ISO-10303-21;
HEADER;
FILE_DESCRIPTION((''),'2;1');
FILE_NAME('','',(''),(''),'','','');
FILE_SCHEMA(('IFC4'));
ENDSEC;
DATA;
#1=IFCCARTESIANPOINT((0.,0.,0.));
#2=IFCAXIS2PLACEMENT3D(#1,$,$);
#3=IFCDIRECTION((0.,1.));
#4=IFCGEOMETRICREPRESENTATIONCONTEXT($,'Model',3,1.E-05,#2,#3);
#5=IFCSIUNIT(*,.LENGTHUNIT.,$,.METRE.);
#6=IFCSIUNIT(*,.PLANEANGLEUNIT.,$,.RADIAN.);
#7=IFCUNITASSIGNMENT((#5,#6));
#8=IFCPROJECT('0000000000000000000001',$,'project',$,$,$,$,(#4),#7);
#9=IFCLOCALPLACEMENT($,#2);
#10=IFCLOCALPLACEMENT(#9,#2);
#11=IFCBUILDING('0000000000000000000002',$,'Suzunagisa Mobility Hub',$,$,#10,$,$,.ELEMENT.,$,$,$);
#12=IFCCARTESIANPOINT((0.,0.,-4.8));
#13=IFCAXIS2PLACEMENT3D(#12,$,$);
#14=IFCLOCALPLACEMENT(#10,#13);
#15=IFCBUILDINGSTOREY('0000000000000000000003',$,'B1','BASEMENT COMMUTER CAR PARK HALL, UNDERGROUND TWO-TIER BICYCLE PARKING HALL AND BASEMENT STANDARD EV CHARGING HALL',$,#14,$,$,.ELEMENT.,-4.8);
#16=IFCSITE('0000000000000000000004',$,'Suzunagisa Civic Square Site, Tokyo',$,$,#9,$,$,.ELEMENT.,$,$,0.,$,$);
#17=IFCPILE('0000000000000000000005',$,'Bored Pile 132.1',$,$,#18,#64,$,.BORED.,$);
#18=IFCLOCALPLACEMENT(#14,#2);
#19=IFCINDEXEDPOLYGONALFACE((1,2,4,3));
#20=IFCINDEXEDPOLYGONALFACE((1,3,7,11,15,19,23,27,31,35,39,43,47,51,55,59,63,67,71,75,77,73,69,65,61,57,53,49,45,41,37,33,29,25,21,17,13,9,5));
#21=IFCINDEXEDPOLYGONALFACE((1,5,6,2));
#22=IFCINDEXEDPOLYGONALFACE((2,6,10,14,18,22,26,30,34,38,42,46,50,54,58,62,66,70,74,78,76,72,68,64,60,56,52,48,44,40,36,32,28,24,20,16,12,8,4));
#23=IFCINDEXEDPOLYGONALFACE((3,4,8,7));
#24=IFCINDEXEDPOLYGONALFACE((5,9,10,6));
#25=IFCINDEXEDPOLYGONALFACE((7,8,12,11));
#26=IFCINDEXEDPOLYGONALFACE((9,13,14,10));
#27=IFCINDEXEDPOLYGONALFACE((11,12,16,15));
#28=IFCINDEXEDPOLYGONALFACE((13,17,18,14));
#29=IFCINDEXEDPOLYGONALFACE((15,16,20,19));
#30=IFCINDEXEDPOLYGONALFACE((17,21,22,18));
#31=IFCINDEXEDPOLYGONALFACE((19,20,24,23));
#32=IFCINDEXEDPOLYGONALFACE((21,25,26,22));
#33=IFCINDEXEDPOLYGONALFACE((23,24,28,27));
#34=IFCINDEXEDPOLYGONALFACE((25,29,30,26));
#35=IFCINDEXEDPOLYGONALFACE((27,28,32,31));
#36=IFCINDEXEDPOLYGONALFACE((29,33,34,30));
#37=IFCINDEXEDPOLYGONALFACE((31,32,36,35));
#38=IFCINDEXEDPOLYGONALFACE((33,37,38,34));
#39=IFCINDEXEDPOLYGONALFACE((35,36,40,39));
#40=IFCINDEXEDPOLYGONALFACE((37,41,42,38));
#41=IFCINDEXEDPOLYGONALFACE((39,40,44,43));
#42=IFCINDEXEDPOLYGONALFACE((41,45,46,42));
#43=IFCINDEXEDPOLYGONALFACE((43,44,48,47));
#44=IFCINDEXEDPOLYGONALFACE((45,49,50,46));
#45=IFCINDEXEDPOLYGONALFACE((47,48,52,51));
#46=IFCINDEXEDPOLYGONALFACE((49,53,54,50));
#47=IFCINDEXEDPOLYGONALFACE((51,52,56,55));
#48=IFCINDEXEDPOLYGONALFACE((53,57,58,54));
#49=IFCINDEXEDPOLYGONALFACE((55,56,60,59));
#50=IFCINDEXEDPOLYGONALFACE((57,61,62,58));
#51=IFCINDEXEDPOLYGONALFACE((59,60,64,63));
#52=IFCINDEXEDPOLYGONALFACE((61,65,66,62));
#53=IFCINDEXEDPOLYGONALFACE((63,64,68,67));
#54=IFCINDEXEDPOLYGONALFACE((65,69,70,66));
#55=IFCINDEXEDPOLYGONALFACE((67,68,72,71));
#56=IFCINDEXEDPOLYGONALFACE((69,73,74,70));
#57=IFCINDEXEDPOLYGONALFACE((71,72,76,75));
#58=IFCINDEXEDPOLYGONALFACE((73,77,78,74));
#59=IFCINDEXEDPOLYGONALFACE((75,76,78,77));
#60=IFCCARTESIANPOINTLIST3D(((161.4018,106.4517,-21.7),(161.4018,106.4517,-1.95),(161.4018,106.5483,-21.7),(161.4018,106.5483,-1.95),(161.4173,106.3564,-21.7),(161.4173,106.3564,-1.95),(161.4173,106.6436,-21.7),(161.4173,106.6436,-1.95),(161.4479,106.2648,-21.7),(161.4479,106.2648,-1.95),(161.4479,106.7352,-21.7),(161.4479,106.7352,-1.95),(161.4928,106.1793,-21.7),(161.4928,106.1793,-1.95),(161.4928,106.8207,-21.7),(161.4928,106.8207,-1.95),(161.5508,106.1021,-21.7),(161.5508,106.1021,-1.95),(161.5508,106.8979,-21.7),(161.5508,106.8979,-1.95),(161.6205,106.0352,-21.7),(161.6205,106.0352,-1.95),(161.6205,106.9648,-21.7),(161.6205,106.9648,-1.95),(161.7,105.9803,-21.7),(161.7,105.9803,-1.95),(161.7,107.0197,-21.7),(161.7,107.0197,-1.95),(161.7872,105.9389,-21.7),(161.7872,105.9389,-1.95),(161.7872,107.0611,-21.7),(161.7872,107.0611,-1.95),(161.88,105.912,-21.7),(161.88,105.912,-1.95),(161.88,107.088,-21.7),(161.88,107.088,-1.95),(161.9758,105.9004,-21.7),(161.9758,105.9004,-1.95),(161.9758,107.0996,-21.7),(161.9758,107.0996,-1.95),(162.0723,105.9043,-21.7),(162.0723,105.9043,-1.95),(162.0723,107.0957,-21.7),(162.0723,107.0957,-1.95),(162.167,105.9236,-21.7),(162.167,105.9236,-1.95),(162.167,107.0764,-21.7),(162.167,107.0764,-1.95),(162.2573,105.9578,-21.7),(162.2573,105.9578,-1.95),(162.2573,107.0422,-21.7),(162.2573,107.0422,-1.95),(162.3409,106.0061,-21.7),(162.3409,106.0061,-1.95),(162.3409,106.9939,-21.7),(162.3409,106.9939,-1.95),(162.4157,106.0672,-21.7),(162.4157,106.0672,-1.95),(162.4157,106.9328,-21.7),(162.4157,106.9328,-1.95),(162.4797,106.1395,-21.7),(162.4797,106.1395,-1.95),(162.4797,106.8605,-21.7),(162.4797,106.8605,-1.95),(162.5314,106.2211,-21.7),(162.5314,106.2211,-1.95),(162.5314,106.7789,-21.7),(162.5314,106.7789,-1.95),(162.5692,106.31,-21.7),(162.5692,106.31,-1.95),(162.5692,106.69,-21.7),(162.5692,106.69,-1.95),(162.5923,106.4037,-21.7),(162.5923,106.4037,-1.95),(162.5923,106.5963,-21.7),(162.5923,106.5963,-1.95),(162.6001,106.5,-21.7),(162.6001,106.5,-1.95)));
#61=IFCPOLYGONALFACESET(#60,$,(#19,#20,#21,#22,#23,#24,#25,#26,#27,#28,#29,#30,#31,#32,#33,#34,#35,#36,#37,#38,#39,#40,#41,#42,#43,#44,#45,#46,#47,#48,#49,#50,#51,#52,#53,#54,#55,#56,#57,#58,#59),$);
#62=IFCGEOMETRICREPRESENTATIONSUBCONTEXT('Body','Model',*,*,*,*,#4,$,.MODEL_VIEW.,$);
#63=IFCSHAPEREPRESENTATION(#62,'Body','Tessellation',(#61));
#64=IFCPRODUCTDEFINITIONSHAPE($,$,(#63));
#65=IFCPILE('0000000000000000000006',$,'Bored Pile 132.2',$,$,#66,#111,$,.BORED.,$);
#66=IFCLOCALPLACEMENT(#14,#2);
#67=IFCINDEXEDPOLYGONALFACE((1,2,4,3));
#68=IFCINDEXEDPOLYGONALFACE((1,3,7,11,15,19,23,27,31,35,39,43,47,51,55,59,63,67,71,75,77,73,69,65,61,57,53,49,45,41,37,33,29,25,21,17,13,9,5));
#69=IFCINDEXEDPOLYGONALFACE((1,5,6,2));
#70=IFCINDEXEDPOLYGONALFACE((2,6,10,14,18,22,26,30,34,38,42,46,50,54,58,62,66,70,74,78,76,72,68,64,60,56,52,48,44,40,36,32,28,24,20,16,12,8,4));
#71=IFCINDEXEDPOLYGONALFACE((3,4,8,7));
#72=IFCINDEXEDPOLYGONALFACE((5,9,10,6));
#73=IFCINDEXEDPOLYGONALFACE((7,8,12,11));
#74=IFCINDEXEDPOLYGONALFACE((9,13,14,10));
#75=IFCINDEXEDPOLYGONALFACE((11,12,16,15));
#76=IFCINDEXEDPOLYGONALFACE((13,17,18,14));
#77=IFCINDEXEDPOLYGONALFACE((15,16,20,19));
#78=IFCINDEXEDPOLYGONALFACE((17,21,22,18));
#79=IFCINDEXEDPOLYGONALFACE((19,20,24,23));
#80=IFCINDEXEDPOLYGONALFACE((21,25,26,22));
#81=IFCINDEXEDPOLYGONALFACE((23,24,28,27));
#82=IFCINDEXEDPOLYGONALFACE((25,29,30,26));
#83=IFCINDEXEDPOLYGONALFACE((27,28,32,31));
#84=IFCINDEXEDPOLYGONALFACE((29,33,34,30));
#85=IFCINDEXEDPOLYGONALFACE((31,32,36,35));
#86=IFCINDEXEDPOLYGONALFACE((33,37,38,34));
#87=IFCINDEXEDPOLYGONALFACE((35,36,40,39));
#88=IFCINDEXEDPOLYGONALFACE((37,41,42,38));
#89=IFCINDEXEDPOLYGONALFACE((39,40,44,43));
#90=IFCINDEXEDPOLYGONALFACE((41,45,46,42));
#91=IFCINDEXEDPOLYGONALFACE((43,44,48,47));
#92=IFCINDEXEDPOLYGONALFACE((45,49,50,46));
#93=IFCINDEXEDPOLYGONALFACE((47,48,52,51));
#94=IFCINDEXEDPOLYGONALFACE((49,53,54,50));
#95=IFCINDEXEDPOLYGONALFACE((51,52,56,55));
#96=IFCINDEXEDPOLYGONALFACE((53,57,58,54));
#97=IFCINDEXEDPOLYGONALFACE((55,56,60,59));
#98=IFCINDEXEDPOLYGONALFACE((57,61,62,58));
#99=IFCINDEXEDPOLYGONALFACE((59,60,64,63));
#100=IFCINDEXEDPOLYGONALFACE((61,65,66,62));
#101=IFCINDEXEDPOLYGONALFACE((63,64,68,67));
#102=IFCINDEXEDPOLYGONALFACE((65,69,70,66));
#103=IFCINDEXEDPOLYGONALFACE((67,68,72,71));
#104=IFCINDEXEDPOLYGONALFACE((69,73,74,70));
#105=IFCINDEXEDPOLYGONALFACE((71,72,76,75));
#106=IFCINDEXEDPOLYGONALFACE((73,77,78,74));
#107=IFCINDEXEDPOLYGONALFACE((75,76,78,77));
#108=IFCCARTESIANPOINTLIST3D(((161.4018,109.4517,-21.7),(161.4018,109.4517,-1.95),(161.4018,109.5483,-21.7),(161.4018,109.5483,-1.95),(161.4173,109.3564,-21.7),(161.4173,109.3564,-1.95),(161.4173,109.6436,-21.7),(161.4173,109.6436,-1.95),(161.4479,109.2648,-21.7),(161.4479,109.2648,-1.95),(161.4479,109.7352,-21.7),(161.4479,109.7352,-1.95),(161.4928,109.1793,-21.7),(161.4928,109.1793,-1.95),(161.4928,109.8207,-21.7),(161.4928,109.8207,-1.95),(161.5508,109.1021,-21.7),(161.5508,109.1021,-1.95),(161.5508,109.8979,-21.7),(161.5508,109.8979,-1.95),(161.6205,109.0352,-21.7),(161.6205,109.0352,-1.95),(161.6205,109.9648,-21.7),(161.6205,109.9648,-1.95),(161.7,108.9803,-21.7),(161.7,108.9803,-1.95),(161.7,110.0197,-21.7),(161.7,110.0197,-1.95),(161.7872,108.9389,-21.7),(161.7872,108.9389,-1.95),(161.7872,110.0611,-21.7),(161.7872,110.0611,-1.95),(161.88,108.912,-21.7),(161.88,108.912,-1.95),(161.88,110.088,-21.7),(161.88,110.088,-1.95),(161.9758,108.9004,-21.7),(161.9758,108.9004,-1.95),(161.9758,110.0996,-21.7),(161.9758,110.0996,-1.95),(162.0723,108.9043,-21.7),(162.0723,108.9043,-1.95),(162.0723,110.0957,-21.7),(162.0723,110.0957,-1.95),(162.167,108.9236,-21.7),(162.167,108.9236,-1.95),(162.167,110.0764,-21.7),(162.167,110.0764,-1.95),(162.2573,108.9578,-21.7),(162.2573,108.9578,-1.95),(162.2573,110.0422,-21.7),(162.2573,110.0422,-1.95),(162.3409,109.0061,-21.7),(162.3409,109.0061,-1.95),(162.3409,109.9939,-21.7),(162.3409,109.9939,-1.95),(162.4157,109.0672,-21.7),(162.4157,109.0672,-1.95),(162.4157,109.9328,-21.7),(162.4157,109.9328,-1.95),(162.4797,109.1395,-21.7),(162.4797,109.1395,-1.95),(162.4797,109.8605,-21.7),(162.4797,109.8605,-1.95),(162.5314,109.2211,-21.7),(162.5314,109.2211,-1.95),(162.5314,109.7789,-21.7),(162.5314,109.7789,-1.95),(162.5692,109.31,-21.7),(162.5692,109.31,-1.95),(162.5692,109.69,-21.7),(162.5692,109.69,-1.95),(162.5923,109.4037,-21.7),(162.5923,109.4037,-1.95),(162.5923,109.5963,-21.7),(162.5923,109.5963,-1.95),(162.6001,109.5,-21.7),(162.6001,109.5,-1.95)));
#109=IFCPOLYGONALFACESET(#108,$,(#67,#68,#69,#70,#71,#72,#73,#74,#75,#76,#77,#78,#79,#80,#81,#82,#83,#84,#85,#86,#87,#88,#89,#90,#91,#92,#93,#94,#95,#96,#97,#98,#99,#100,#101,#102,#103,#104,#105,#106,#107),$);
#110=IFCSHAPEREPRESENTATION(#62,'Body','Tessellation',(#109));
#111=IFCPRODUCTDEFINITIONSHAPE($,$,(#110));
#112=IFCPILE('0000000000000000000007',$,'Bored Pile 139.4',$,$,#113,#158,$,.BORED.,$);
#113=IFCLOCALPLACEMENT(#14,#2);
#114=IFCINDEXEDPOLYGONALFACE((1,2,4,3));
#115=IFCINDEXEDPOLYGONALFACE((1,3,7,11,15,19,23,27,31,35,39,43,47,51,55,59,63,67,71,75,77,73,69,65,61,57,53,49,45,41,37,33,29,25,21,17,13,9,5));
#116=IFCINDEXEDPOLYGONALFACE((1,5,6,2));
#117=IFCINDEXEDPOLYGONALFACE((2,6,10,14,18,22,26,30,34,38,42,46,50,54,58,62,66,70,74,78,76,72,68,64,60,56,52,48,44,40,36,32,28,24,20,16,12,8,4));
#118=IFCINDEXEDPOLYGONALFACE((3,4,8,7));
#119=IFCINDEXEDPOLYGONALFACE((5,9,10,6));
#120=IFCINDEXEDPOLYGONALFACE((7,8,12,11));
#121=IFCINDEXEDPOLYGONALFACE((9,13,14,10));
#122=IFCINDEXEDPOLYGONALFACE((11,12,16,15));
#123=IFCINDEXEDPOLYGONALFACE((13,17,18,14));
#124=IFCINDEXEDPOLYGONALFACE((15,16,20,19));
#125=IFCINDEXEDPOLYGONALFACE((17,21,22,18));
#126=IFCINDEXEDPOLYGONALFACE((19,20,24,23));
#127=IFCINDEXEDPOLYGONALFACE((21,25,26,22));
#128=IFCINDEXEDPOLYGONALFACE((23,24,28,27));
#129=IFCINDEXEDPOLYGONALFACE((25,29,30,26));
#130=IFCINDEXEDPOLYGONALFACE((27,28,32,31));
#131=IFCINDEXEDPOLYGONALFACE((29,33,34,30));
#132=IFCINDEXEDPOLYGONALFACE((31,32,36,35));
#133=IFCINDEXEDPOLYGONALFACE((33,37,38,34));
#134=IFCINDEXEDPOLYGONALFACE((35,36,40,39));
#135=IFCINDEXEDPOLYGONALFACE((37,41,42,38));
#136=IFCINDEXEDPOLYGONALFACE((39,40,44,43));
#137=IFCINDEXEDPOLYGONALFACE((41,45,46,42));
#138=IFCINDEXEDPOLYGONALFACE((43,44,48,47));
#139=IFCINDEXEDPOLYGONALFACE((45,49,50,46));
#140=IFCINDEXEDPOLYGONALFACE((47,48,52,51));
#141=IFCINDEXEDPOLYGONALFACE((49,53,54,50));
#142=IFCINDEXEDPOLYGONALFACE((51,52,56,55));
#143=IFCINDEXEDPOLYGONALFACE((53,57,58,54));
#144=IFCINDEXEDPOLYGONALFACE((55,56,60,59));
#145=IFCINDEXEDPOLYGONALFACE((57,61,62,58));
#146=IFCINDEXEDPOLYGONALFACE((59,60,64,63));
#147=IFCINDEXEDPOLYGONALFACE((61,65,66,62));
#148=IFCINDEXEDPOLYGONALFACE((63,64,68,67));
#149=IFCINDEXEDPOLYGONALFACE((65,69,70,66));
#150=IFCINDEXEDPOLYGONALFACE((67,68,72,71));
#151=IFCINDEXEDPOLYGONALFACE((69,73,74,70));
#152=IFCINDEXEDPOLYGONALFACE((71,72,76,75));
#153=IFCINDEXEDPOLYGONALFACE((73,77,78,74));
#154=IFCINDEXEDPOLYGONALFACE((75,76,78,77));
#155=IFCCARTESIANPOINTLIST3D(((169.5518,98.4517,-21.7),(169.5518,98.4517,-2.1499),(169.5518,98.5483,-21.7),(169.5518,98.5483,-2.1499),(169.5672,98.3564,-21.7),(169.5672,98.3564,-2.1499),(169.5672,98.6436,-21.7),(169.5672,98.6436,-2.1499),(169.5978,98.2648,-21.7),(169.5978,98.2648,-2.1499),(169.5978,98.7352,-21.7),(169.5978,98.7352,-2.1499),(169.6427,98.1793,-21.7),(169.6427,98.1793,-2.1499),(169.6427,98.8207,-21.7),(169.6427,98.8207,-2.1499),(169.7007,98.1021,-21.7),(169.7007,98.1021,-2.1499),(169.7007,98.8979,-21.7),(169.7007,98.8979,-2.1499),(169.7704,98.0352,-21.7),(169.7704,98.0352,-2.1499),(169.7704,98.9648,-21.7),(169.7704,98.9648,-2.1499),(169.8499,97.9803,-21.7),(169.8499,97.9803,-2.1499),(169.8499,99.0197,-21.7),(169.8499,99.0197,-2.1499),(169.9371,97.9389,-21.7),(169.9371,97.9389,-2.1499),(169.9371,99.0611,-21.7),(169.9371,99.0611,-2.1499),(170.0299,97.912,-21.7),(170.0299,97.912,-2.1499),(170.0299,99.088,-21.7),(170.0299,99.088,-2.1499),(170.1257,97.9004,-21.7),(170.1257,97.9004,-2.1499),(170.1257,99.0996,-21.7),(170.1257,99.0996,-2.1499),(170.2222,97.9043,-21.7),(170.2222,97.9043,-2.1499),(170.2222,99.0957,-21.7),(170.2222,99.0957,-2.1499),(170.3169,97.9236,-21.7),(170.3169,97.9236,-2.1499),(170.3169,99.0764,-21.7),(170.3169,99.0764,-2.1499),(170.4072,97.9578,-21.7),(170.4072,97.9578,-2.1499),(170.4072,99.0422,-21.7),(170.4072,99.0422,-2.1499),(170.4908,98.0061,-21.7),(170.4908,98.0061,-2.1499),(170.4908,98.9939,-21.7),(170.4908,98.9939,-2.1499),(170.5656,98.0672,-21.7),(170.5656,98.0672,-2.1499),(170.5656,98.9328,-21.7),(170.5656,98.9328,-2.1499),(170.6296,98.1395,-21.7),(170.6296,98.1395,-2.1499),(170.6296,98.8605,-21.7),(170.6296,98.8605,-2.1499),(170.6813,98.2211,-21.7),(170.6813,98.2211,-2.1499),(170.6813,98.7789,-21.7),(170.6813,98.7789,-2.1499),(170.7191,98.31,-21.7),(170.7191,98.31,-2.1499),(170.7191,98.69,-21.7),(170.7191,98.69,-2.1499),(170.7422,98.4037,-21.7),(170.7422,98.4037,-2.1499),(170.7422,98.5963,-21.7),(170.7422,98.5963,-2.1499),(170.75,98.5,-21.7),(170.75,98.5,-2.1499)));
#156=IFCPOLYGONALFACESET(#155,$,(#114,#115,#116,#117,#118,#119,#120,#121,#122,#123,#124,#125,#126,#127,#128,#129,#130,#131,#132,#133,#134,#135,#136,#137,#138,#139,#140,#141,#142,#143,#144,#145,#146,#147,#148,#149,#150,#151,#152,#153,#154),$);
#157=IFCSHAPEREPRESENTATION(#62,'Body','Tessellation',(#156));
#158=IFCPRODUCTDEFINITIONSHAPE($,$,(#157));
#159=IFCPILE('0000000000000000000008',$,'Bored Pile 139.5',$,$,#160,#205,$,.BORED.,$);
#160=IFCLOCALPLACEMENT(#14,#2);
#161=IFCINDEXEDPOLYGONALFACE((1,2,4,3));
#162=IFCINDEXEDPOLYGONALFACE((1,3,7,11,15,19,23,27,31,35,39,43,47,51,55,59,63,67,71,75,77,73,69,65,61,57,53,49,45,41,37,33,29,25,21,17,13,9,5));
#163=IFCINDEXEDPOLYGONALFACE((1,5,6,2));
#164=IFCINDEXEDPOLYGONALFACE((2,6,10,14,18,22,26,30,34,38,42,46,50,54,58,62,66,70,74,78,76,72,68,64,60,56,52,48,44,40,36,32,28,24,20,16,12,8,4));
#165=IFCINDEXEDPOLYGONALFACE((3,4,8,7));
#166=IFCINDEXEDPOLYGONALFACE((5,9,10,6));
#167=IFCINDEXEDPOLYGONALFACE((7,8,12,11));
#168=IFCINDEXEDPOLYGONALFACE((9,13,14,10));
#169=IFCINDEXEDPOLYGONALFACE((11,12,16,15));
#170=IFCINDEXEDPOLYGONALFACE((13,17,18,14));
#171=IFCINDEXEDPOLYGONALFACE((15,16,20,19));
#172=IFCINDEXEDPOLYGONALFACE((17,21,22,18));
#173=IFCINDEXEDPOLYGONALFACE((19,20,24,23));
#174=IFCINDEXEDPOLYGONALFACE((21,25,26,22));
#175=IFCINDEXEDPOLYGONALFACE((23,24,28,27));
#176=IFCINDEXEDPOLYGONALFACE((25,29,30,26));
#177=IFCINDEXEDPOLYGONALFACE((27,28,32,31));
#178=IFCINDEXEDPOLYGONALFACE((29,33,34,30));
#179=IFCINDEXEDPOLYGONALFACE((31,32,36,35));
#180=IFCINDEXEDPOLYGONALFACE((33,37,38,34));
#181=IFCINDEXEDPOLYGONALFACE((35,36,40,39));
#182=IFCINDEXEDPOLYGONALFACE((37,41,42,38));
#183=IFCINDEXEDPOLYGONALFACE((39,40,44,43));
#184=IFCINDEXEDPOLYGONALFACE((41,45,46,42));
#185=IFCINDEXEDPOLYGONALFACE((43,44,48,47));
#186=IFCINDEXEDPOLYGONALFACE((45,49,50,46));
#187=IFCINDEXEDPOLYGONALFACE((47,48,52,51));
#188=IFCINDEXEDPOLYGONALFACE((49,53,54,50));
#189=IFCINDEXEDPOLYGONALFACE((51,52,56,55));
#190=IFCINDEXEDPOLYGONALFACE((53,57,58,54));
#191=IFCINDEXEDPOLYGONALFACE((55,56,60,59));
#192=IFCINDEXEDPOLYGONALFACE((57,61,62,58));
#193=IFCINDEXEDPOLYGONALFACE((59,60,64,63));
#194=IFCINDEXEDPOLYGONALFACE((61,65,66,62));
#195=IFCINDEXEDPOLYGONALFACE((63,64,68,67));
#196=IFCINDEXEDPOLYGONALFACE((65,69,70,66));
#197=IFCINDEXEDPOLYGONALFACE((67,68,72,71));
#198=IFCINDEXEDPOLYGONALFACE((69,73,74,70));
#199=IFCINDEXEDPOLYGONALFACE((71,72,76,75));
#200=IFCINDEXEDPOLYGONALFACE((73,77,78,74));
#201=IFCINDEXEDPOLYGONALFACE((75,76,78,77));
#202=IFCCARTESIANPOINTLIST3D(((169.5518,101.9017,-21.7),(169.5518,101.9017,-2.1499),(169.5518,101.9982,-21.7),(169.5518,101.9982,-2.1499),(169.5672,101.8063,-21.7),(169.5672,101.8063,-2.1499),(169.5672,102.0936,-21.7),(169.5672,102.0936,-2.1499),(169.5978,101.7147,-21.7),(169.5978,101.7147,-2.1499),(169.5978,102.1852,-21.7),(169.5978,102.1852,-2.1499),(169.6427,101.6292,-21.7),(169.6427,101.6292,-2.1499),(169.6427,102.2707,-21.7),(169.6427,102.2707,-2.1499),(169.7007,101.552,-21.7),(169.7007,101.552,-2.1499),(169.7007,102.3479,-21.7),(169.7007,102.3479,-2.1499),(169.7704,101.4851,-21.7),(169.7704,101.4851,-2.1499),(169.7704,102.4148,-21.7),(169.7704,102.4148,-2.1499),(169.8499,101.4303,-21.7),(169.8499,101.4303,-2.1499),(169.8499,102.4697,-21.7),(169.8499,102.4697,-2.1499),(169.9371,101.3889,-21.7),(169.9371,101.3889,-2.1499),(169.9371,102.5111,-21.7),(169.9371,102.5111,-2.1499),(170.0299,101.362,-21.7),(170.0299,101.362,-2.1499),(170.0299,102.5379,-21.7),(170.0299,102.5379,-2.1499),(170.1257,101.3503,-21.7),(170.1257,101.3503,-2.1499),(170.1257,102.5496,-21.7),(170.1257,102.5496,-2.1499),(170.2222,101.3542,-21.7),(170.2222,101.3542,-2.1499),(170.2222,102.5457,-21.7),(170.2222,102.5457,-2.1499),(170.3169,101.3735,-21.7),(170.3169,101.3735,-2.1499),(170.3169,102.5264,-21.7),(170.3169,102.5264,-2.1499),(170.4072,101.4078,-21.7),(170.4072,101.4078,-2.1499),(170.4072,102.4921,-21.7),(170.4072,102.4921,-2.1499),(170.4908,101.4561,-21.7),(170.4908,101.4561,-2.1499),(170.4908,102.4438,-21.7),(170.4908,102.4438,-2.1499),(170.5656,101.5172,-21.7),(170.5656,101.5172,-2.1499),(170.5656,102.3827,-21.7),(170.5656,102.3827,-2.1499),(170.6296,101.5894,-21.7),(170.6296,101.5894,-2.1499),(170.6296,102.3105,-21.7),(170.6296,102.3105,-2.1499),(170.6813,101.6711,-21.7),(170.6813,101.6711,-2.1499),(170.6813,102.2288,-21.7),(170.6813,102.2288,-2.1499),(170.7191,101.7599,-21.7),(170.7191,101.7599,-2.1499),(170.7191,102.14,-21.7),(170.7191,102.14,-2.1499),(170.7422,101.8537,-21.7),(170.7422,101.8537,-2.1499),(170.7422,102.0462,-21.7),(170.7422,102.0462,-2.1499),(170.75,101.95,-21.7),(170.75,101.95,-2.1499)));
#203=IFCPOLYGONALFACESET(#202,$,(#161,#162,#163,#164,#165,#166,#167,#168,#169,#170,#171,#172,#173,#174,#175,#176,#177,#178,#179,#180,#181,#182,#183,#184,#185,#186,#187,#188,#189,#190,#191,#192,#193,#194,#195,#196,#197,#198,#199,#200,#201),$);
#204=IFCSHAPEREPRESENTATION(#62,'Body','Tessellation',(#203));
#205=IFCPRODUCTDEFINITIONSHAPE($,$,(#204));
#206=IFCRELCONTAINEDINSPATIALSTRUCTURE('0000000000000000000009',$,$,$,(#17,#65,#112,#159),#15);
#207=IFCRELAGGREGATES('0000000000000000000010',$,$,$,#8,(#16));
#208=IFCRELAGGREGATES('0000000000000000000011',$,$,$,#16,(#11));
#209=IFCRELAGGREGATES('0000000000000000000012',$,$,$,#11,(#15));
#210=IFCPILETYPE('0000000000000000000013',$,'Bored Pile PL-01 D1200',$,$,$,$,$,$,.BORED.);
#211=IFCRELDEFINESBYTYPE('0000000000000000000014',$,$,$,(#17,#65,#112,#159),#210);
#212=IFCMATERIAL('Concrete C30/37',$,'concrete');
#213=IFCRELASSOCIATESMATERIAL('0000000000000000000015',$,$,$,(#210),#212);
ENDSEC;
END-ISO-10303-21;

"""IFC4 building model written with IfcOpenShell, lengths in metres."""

from ifc_helpers import new_model, si_unit, direction, frame, origin, origin_2d, place, context, subcontext, project, spatial, circle, extrude, material, material_profile, profile_set, type_object, element, save


model = new_model("IFC4")

# Units and contexts
model_context = context("Model", 3, precision=1e-05, world=origin(), true_north=direction((0.0, 1.0)))
body_context = subcontext(model_context, "Body", "Model", "MODEL_VIEW")
ifc_project = project(units=[si_unit("LENGTHUNIT", "METRE"), si_unit("PLANEANGLEUNIT", "RADIAN")], contexts=[model_context])

# Site, building, storey
site_placement = place(None, origin())
site = spatial("IfcSite", under=ifc_project, at=site_placement, Name="Suzunagisa Civic Square Site, Tokyo", CompositionType="ELEMENT", RefElevation=0.0)
building_placement = place(site_placement, origin())
building = spatial("IfcBuilding", under=site, at=building_placement, Name="Suzunagisa Mobility Hub", CompositionType="ELEMENT")
storey_placement = place(building_placement, frame((0.0, 0.0, -4.8)))
storey = spatial("IfcBuildingStorey", under=building, at=storey_placement, Name="B1", Description="BASEMENT COMMUTER CAR PARK HALL, UNDERGROUND TWO-TIER BICYCLE PARKING HALL AND BASEMENT STANDARD EV CHARGING HALL", CompositionType="ELEMENT", Elevation=-4.8)

# Piles
ifc_material_1 = material(Name="Concrete C30/37", Category="concrete")
ifc_material_profile_1 = material_profile(ifc_material_1, circle(Radius=0.6001, at=origin_2d()), Name="BORED PILE D1200")
ifc_profile_set_1 = profile_set([ifc_material_profile_1], Name="Concrete C30/37")
pile_type = type_object("IfcPileType", Name="Bored Pile PL-01 D1200", PredefinedType="BORED", material=ifc_profile_set_1)
for number, where, z_axis, x_axis, name in (
    (1, (162.0, 106.5, -1.95), (0.0, 0.0, -1.0), (1.0, 0.0, 0.0), "Bored Pile 132.1"),
    (2, (162.0, 109.5, -1.95), (0.0, 0.0, -1.0), (1.0, 0.0, 0.0), "Bored Pile 132.2"),
):
    element("IfcPile", number, at=place(storey_placement, frame(where, z_axis=z_axis, x_axis=x_axis)), inside=storey, type_object=pile_type, Name=name, PredefinedType="BORED", context=body_context, shape_type="SweptSolid", body=[
        extrude(circle(Radius=0.6001, at=origin_2d()), origin(), (0.0, 0.0, 1.0), 19.75),
    ])
for number, where, z_axis, x_axis, name in (
    (3, (170.1499, 98.5, -2.1499), (0.0, 0.0, -1.0), (1.0, 0.0, 0.0), "Bored Pile 139.4"),
    (4, (170.1499, 101.95, -2.1499), (0.0, 0.0, -1.0), (1.0, 0.0, 0.0), "Bored Pile 139.5"),
):
    element("IfcPile", number, at=place(storey_placement, frame(where, z_axis=z_axis, x_axis=x_axis)), inside=storey, type_object=pile_type, Name=name, PredefinedType="BORED", context=body_context, shape_type="SweptSolid", body=[
        extrude(circle(Radius=0.6001, at=origin_2d()), origin(), (0.0, 0.0, 1.0), 19.55),
    ])

save(model, "model.ifc")
